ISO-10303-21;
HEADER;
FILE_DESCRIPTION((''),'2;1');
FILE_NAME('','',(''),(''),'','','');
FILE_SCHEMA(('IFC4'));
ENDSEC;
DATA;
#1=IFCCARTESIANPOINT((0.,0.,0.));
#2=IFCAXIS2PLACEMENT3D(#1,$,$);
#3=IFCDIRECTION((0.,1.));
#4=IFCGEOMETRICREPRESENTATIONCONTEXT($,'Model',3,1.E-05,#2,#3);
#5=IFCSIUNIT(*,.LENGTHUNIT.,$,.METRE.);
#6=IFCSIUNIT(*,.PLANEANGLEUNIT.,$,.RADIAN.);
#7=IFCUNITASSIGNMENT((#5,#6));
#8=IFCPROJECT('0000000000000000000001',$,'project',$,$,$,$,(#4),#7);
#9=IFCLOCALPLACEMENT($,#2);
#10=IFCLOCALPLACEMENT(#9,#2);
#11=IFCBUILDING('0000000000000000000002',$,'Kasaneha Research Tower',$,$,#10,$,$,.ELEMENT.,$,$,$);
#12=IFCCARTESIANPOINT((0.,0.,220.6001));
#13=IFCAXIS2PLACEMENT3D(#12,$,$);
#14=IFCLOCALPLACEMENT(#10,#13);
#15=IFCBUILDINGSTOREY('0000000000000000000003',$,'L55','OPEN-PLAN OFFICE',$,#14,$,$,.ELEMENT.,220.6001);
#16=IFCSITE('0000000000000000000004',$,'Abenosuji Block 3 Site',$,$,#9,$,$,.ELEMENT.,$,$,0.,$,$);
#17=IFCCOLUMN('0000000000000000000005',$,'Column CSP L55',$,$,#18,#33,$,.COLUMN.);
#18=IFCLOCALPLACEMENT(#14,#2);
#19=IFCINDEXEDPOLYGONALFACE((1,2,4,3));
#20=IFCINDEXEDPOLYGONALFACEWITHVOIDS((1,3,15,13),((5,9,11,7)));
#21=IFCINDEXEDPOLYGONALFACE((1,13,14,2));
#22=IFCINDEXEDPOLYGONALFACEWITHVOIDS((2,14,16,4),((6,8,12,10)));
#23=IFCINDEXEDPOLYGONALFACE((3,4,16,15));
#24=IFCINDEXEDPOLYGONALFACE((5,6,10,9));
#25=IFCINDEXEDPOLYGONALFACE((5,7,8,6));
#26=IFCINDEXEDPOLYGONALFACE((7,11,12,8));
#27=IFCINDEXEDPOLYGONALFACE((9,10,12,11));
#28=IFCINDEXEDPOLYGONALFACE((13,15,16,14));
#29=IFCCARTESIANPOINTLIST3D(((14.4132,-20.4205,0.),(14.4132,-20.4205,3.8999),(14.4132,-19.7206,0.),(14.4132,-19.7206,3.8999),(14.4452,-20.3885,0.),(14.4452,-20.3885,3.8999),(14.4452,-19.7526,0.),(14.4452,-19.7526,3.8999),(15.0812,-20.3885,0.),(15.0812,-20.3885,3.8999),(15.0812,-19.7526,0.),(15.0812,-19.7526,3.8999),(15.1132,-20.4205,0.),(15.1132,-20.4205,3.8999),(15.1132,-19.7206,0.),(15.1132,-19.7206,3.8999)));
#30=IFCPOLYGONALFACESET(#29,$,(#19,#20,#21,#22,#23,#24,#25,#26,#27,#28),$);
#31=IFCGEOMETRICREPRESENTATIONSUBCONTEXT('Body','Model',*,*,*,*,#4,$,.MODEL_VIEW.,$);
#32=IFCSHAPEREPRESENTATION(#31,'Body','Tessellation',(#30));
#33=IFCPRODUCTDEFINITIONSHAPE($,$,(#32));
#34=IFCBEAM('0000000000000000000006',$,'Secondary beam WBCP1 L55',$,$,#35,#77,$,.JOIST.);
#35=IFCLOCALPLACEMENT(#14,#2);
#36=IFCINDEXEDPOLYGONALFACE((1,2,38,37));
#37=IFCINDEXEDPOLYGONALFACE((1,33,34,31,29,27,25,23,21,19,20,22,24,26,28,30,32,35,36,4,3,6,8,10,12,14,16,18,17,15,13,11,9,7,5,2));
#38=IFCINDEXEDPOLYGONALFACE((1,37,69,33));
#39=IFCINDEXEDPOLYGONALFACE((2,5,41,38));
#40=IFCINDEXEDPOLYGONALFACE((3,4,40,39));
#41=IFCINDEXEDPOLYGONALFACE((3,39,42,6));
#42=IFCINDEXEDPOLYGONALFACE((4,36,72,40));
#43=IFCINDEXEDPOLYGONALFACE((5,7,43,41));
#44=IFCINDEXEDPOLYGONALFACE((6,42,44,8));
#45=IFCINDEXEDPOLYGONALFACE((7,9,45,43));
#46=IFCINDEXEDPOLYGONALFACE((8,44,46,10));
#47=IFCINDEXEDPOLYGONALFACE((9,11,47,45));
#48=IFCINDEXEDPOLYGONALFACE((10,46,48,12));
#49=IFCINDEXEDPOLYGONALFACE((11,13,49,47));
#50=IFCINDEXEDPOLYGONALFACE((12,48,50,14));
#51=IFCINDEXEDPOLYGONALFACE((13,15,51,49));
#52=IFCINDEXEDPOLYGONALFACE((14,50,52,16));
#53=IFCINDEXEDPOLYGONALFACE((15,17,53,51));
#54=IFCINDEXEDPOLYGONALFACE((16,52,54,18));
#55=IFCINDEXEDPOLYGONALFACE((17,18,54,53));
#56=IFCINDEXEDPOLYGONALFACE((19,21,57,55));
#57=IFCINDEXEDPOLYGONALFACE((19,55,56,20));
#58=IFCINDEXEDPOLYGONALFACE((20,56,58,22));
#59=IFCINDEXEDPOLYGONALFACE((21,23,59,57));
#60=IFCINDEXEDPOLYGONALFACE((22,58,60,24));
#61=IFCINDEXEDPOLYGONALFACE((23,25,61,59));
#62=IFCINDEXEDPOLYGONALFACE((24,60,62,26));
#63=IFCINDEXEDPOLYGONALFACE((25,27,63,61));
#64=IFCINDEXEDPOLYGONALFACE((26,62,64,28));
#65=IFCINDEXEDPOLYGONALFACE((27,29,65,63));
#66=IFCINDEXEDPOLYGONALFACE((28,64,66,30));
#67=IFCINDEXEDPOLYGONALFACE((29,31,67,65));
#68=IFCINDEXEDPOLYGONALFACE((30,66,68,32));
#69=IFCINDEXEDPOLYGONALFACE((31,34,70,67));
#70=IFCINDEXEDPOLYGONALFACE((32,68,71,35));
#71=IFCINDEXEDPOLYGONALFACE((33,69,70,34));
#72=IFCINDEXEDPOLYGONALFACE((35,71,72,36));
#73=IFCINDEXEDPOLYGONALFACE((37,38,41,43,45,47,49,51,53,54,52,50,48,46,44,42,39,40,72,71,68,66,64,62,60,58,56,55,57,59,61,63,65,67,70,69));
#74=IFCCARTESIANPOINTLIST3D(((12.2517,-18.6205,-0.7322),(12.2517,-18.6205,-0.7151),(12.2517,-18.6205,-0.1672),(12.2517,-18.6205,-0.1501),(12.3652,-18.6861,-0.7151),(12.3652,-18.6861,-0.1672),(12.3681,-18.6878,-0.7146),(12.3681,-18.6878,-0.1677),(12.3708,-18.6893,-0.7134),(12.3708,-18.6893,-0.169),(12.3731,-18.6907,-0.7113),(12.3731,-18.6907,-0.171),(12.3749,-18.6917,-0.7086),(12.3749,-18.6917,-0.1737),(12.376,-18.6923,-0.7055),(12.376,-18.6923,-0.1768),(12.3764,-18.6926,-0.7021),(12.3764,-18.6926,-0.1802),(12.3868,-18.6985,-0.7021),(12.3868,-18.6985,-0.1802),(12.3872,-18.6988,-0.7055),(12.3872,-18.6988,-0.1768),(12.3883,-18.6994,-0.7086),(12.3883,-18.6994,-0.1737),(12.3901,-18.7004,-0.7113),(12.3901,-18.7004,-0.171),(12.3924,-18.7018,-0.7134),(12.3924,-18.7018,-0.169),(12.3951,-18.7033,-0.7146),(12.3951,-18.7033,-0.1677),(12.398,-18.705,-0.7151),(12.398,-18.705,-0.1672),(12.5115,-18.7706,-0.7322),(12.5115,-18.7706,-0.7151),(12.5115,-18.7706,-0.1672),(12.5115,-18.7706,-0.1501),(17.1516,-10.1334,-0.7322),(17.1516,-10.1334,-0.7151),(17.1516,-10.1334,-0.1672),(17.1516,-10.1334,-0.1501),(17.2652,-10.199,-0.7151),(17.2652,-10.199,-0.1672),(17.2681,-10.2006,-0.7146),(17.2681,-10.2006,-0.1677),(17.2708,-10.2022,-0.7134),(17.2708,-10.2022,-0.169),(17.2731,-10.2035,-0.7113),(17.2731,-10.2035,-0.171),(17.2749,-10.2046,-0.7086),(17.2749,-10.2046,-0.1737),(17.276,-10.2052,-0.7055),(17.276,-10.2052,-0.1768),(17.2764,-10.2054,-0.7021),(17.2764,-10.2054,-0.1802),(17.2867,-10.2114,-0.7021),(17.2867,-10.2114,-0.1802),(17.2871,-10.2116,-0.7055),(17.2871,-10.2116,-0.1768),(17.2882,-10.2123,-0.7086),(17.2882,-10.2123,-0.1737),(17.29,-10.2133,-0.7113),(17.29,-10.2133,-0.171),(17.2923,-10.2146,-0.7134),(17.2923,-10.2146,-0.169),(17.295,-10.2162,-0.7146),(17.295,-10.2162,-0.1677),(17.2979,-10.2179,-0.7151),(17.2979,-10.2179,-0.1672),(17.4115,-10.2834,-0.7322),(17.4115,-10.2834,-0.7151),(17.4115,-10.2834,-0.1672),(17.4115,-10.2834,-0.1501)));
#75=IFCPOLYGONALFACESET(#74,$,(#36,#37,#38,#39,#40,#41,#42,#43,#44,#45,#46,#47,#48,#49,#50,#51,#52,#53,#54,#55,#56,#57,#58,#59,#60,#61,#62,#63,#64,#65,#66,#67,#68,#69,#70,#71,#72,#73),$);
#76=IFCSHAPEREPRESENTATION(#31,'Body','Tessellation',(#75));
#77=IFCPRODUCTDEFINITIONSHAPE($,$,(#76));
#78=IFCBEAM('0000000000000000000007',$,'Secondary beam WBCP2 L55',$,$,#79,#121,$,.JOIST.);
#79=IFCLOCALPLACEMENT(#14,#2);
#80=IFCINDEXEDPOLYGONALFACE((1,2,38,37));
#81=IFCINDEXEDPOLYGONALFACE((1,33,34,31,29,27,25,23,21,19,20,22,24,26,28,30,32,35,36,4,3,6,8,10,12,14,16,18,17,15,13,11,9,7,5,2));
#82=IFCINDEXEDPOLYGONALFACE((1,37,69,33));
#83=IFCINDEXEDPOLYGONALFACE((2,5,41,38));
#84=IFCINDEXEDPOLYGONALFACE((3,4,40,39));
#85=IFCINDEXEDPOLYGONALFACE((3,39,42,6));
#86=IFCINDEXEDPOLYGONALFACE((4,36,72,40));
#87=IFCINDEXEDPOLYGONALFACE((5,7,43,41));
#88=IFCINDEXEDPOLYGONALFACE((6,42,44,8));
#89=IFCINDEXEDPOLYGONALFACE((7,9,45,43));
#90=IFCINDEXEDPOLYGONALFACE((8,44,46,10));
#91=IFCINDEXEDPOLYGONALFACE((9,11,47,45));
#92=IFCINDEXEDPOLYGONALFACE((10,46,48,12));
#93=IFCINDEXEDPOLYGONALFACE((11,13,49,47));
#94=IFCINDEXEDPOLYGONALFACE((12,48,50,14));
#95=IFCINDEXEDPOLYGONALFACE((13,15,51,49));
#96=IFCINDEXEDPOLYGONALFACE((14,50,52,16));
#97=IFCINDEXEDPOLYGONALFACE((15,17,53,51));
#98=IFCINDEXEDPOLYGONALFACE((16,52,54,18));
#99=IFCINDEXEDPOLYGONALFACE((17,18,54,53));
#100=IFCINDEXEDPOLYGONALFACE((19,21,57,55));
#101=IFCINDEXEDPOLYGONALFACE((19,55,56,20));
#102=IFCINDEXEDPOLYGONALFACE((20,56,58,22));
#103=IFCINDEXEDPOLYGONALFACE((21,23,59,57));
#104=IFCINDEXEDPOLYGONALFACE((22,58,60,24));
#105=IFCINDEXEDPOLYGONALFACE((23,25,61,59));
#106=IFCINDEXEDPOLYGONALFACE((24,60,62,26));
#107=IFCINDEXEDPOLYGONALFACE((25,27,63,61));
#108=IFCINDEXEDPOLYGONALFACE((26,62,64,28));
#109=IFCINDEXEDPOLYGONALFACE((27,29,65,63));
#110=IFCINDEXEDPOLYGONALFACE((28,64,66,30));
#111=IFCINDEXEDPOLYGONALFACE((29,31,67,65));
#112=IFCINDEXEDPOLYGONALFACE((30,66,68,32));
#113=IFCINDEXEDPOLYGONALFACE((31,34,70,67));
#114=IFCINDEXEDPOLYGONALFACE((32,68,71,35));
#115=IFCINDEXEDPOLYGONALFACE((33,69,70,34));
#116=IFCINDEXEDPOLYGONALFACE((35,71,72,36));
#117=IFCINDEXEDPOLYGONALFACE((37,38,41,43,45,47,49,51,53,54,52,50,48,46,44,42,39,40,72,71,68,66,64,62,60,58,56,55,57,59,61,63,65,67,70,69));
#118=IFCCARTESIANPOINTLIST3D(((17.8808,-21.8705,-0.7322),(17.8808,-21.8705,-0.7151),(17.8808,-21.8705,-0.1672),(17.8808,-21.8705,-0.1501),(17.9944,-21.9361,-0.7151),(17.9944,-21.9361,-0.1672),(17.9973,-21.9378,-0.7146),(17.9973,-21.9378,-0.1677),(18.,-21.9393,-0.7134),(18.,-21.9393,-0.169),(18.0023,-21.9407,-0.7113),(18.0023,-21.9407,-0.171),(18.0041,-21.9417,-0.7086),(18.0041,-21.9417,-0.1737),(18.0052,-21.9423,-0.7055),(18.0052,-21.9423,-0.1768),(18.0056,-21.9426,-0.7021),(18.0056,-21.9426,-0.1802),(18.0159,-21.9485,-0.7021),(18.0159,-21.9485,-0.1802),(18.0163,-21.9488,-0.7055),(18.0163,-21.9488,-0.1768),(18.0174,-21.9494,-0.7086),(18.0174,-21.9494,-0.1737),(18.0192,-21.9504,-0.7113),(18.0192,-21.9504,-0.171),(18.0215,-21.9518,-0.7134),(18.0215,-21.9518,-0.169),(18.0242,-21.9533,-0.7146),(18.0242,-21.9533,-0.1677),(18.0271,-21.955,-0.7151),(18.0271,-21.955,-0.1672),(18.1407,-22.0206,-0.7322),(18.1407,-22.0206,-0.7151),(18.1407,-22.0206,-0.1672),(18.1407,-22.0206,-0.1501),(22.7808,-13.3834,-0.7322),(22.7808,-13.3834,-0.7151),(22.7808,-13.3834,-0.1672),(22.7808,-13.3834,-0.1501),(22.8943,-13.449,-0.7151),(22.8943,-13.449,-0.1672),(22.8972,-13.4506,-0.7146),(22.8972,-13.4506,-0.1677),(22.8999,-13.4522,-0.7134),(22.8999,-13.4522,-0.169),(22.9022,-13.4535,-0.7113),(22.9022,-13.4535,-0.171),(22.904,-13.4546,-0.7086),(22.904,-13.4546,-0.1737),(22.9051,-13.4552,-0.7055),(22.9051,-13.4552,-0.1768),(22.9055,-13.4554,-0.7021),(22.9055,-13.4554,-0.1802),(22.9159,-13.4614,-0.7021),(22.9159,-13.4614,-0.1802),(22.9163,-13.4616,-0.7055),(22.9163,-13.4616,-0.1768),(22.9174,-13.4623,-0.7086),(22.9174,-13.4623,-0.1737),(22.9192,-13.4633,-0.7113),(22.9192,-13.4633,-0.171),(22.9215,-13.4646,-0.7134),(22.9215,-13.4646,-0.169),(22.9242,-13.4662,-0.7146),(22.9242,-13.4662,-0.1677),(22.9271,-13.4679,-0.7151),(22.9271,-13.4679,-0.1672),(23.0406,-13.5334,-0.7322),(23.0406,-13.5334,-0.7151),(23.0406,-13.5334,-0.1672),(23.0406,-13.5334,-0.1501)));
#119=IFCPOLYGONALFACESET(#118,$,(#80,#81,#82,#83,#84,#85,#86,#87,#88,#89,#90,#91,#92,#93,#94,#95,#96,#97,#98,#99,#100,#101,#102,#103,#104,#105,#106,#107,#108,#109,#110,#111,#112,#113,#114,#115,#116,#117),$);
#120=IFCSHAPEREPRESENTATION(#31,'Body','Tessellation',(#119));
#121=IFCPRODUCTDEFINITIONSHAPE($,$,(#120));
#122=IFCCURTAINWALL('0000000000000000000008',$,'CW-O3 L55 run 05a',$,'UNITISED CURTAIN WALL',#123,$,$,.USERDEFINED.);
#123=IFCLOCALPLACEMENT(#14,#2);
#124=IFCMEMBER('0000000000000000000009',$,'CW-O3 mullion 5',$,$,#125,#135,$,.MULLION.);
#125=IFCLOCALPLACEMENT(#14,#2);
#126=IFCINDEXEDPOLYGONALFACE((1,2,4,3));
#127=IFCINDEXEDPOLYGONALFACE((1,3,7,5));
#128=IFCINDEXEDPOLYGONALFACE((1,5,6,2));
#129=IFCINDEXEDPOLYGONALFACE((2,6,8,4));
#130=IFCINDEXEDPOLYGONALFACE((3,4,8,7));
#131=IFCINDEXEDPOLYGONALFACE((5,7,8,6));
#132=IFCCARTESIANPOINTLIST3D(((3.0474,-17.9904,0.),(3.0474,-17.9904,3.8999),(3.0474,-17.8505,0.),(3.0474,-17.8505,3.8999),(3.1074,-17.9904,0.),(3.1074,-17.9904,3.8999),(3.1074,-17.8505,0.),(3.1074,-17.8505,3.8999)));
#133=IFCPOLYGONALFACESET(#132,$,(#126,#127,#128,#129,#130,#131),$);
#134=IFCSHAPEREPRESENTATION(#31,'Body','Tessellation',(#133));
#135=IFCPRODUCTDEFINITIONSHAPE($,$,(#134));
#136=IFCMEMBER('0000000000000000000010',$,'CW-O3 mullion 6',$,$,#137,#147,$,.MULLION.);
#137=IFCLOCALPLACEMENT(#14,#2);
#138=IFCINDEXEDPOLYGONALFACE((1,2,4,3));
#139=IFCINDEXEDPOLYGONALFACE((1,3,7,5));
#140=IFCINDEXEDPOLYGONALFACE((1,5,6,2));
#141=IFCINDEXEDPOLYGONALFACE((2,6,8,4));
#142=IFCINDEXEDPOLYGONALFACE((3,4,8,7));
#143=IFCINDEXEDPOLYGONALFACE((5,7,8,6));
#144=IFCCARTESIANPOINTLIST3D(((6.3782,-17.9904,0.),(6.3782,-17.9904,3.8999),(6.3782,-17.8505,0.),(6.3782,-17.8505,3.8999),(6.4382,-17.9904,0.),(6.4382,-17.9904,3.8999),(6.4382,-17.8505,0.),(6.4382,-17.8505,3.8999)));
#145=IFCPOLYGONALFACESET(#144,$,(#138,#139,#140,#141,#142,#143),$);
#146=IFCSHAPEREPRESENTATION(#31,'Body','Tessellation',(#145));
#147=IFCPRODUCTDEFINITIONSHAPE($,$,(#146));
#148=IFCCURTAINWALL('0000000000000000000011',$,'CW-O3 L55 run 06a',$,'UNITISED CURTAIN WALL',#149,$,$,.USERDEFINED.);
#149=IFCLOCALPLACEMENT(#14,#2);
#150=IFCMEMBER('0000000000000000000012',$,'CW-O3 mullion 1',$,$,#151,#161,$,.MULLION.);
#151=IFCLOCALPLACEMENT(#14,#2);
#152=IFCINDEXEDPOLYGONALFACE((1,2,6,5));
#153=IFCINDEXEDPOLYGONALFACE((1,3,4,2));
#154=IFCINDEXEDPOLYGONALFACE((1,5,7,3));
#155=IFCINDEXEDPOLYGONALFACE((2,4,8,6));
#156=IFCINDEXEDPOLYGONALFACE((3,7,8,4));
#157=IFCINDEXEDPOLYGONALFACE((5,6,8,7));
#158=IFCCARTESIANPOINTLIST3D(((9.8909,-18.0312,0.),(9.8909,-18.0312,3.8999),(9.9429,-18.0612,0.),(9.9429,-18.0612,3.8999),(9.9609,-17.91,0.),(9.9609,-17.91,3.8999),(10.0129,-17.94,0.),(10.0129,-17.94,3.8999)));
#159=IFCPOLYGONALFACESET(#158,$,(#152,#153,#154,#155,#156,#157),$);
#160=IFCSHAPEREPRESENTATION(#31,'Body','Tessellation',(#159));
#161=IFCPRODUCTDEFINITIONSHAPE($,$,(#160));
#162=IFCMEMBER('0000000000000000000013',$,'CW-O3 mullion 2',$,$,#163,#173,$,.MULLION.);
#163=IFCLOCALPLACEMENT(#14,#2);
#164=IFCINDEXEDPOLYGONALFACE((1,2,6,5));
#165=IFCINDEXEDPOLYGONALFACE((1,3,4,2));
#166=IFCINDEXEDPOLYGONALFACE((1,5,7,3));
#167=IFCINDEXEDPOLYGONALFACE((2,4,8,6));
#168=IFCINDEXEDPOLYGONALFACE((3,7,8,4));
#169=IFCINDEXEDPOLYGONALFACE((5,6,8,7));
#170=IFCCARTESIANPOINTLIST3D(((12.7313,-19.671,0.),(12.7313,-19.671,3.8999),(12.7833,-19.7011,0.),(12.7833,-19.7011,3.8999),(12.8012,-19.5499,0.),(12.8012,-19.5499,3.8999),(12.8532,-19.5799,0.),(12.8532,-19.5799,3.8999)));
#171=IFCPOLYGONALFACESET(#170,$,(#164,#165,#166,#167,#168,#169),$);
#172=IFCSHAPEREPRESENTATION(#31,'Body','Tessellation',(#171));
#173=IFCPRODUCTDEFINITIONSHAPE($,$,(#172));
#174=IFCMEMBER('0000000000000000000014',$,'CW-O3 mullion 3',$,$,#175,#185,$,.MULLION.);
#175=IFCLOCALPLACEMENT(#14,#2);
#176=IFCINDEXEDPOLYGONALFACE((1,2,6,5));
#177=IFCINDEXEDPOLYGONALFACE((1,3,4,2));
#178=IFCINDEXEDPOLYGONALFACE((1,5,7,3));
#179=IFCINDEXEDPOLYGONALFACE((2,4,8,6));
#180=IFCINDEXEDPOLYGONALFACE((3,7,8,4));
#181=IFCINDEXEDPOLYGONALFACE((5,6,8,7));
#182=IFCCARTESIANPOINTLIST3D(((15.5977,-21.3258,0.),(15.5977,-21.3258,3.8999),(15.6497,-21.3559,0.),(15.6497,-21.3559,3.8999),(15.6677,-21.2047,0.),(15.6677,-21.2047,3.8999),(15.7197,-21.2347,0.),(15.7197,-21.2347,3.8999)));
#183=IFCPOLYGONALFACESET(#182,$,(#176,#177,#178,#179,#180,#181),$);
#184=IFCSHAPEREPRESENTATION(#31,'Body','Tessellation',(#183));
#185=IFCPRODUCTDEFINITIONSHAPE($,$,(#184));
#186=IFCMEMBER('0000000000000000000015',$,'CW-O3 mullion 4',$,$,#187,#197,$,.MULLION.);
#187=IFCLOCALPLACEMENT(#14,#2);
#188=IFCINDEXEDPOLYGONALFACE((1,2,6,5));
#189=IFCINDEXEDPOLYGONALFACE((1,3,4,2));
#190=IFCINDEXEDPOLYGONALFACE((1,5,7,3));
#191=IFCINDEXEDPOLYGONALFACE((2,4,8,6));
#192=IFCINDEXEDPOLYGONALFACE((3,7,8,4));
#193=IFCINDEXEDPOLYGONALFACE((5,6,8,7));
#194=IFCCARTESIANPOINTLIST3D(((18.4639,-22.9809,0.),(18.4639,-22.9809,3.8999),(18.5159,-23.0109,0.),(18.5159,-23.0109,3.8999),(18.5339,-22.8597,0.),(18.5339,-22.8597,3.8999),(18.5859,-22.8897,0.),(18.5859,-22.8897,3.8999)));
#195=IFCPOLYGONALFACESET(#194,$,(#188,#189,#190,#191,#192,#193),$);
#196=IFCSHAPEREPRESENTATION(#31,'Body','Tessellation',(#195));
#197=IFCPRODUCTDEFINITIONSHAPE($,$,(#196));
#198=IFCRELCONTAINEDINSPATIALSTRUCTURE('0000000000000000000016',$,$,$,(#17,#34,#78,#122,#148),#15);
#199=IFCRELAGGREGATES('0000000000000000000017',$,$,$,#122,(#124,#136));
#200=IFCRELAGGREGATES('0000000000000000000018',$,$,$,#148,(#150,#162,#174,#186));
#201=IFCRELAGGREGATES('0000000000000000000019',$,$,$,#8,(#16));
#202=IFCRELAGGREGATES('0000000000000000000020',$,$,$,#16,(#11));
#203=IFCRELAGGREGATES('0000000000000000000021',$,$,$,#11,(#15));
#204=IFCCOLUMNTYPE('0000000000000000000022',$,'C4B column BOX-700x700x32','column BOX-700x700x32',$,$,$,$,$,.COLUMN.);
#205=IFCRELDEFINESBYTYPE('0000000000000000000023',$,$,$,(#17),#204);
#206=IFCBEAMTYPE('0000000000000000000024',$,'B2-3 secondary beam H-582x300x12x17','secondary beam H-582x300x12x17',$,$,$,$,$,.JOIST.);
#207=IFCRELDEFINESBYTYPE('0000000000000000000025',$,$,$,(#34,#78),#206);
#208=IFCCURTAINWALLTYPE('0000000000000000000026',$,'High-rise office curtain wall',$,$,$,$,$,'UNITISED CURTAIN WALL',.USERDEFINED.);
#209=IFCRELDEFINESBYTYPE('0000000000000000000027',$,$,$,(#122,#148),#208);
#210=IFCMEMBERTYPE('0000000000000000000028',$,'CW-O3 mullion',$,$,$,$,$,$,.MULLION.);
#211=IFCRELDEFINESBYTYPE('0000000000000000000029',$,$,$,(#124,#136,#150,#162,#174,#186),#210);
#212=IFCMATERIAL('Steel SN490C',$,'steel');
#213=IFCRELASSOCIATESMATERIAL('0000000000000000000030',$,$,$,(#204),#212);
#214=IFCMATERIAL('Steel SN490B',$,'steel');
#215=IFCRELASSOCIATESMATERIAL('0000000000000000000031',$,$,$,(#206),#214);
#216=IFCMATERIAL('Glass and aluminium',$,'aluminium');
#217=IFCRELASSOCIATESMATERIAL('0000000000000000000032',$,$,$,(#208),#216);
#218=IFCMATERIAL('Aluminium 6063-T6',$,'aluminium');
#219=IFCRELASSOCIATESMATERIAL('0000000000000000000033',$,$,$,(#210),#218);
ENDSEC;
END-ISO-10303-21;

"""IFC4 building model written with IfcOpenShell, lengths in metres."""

from ifc_helpers import new_model, si_unit, direction, frame, origin, origin_2d, place, context, subcontext, project, spatial, rectangle, hollow_rectangle, i_section, extrude, material, material_profile, profile_set, type_object, element, aggregate, save


model = new_model("IFC4")

# Units and contexts
model_context = context("Model", 3, precision=1e-05, world=origin(), true_north=direction((0.0, 1.0)))
body_context = subcontext(model_context, "Body", "Model", "MODEL_VIEW")
ifc_project = project(units=[si_unit("LENGTHUNIT", "METRE"), si_unit("PLANEANGLEUNIT", "RADIAN")], contexts=[model_context])

# Site, building, storey
site_placement = place(None, origin())
site = spatial("IfcSite", under=ifc_project, at=site_placement, Name="Abenosuji Block 3 Site", CompositionType="ELEMENT", RefElevation=0.0)
building_placement = place(site_placement, origin())
building = spatial("IfcBuilding", under=site, at=building_placement, Name="Kasaneha Research Tower", CompositionType="ELEMENT")
storey_placement = place(building_placement, frame((0.0, 0.0, 220.6001)))
storey = spatial("IfcBuildingStorey", under=building, at=storey_placement, Name="L55", Description="OPEN-PLAN OFFICE", CompositionType="ELEMENT", Elevation=220.6001)

# Column
ifc_material_1 = material(Name="Steel SN490C", Category="steel")
ifc_material_profile_1 = material_profile(ifc_material_1, hollow_rectangle(XDim=0.7, YDim=0.7, WallThickness=0.032, at=origin_2d()), Name="BOX-700x700x32")
ifc_profile_set_1 = profile_set([ifc_material_profile_1], Name="Steel SN490C")
column_type = type_object("IfcColumnType", Name="C4B column BOX-700x700x32", Description="column BOX-700x700x32", PredefinedType="COLUMN", material=ifc_profile_set_1)
column_placement = place(storey_placement, frame((14.7632, -20.0706, 0.0), z_axis=(0.0, 0.0, 1.0), x_axis=(1.0, 0.0, 0.0)))
element("IfcColumn", 1, at=column_placement, inside=storey, type_object=column_type, Name="Column CSP L55", PredefinedType="COLUMN", context=body_context, shape_type="SweptSolid", body=[
    extrude(hollow_rectangle(XDim=0.7, YDim=0.7, WallThickness=0.032, at=origin_2d()), origin(), (0.0, 0.0, 1.0), 3.8999),
])

# Beams
ifc_material_2 = material(Name="Steel SN490B", Category="steel")
ifc_material_profile_2 = material_profile(ifc_material_2, i_section(OverallWidth=0.3, OverallDepth=0.582, WebThickness=0.012, FlangeThickness=0.0171, FilletRadius=0.0129, at=origin_2d()), Name="H-582x300x12x17")
ifc_profile_set_2 = profile_set([ifc_material_profile_2], Name="Steel SN490B")
beam_type_1 = type_object("IfcBeamType", Name="B2-3 secondary beam H-582x300x12x17", Description="secondary beam H-582x300x12x17", PredefinedType="JOIST", material=ifc_profile_set_2)
for number, where, z_axis, x_axis, name in (
    (2, (12.3816, -18.6956, -0.4412), (0.499992, 0.86603, 0.0), (-0.86603, 0.499992, 0.0), "Secondary beam WBCP1 L55"),
    (3, (18.0107, -21.9456, -0.4412), (0.499992, 0.86603, 0.0), (-0.86603, 0.499992, 0.0), "Secondary beam WBCP2 L55"),
):
    element("IfcBeam", number, at=place(storey_placement, frame(where, z_axis=z_axis, x_axis=x_axis)), inside=storey, type_object=beam_type_1, Name=name, PredefinedType="JOIST", context=body_context, shape_type="SweptSolid", body=[
        extrude(i_section(OverallWidth=0.3, OverallDepth=0.582, WebThickness=0.012, FlangeThickness=0.0171, FilletRadius=0.0129, at=origin_2d()), origin(), (0.0, 0.0, 1.0), 9.8),
    ])

# Curtain walls, members
ifc_material_3 = material(Name="Glass and aluminium", Category="aluminium")
curtain_wall_type = type_object("IfcCurtainWallType", Name="High-rise office curtain wall", ElementType="UNITISED CURTAIN WALL", PredefinedType="USERDEFINED", material=ifc_material_3)
curtain_wall_1_placement = place(storey_placement, origin())
curtain_wall_1 = element("IfcCurtainWall", 4, at=curtain_wall_1_placement, inside=storey, type_object=curtain_wall_type, Name="CW-O3 L55 run 05a", ObjectType="UNITISED CURTAIN WALL", PredefinedType="USERDEFINED")
ifc_material_4 = material(Name="Aluminium 6063-T6", Category="aluminium")
ifc_material_profile_3 = material_profile(ifc_material_4, rectangle(XDim=0.0601, YDim=0.1399, at=origin_2d()), Name="CW-O3 mullion 60x140")
ifc_profile_set_3 = profile_set([ifc_material_profile_3], Name="Aluminium 6063-T6")
member_type_1 = type_object("IfcMemberType", Name="CW-O3 mullion", PredefinedType="MULLION", material=ifc_profile_set_3)
member_1_placement = place(storey_placement, frame((3.0774, -17.9204, 0.0), z_axis=(0.0, 0.0, 1.0), x_axis=(1.0, 0.0, 0.0)))
member_1 = element("IfcMember", 5, at=member_1_placement, type_object=member_type_1, Name="CW-O3 mullion 5", PredefinedType="MULLION", context=body_context, shape_type="SweptSolid", body=[
    extrude(rectangle(XDim=0.0601, YDim=0.1399, at=origin_2d()), origin(), (0.0, 0.0, 1.0), 3.8999),
])
member_2_placement = place(storey_placement, frame((6.4082, -17.9204, 0.0), z_axis=(0.0, 0.0, 1.0), x_axis=(1.0, 0.0, 0.0)))
member_2 = element("IfcMember", 6, at=member_2_placement, type_object=member_type_1, Name="CW-O3 mullion 6", PredefinedType="MULLION", context=body_context, shape_type="SweptSolid", body=[
    extrude(rectangle(XDim=0.0601, YDim=0.1399, at=origin_2d()), origin(), (0.0, 0.0, 1.0), 3.8999),
])
curtain_wall_2_placement = place(storey_placement, origin())
curtain_wall_2 = element("IfcCurtainWall", 7, at=curtain_wall_2_placement, inside=storey, type_object=curtain_wall_type, Name="CW-O3 L55 run 06a", ObjectType="UNITISED CURTAIN WALL", PredefinedType="USERDEFINED")
member_3_placement = place(storey_placement, frame((9.9519, -17.9856, 0.0), z_axis=(0.0, 0.0, 1.0), x_axis=(0.866025, -0.5, 0.0)))
member_3 = element("IfcMember", 8, at=member_3_placement, type_object=member_type_1, Name="CW-O3 mullion 1", PredefinedType="MULLION", context=body_context, shape_type="SweptSolid", body=[
    extrude(rectangle(XDim=0.0601, YDim=0.1399, at=origin_2d()), origin(), (0.0, 0.0, 1.0), 3.8999),
])
member_4_placement = place(storey_placement, frame((12.7922, -19.6255, 0.0), z_axis=(0.0, 0.0, 1.0), x_axis=(0.866025, -0.5, 0.0)))
member_4 = element("IfcMember", 9, at=member_4_placement, type_object=member_type_1, Name="CW-O3 mullion 2", PredefinedType="MULLION", context=body_context, shape_type="SweptSolid", body=[
    extrude(rectangle(XDim=0.0601, YDim=0.1399, at=origin_2d()), origin(), (0.0, 0.0, 1.0), 3.8999),
])
member_5_placement = place(storey_placement, frame((15.6587, -21.2803, 0.0), z_axis=(0.0, 0.0, 1.0), x_axis=(0.866025, -0.5, 0.0)))
member_5 = element("IfcMember", 10, at=member_5_placement, type_object=member_type_1, Name="CW-O3 mullion 3", PredefinedType="MULLION", context=body_context, shape_type="SweptSolid", body=[
    extrude(rectangle(XDim=0.0601, YDim=0.1399, at=origin_2d()), origin(), (0.0, 0.0, 1.0), 3.8999),
])
member_6_placement = place(storey_placement, frame((18.5249, -22.9353, 0.0), z_axis=(0.0, 0.0, 1.0), x_axis=(0.866025, -0.5, 0.0)))
member_6 = element("IfcMember", 11, at=member_6_placement, type_object=member_type_1, Name="CW-O3 mullion 4", PredefinedType="MULLION", context=body_context, shape_type="SweptSolid", body=[
    extrude(rectangle(XDim=0.0601, YDim=0.1399, at=origin_2d()), origin(), (0.0, 0.0, 1.0), 3.8999),
])

aggregate(curtain_wall_1, [member_1, member_2])
aggregate(curtain_wall_2, [member_3, member_4, member_5, member_6])

save(model, "model.ifc")
